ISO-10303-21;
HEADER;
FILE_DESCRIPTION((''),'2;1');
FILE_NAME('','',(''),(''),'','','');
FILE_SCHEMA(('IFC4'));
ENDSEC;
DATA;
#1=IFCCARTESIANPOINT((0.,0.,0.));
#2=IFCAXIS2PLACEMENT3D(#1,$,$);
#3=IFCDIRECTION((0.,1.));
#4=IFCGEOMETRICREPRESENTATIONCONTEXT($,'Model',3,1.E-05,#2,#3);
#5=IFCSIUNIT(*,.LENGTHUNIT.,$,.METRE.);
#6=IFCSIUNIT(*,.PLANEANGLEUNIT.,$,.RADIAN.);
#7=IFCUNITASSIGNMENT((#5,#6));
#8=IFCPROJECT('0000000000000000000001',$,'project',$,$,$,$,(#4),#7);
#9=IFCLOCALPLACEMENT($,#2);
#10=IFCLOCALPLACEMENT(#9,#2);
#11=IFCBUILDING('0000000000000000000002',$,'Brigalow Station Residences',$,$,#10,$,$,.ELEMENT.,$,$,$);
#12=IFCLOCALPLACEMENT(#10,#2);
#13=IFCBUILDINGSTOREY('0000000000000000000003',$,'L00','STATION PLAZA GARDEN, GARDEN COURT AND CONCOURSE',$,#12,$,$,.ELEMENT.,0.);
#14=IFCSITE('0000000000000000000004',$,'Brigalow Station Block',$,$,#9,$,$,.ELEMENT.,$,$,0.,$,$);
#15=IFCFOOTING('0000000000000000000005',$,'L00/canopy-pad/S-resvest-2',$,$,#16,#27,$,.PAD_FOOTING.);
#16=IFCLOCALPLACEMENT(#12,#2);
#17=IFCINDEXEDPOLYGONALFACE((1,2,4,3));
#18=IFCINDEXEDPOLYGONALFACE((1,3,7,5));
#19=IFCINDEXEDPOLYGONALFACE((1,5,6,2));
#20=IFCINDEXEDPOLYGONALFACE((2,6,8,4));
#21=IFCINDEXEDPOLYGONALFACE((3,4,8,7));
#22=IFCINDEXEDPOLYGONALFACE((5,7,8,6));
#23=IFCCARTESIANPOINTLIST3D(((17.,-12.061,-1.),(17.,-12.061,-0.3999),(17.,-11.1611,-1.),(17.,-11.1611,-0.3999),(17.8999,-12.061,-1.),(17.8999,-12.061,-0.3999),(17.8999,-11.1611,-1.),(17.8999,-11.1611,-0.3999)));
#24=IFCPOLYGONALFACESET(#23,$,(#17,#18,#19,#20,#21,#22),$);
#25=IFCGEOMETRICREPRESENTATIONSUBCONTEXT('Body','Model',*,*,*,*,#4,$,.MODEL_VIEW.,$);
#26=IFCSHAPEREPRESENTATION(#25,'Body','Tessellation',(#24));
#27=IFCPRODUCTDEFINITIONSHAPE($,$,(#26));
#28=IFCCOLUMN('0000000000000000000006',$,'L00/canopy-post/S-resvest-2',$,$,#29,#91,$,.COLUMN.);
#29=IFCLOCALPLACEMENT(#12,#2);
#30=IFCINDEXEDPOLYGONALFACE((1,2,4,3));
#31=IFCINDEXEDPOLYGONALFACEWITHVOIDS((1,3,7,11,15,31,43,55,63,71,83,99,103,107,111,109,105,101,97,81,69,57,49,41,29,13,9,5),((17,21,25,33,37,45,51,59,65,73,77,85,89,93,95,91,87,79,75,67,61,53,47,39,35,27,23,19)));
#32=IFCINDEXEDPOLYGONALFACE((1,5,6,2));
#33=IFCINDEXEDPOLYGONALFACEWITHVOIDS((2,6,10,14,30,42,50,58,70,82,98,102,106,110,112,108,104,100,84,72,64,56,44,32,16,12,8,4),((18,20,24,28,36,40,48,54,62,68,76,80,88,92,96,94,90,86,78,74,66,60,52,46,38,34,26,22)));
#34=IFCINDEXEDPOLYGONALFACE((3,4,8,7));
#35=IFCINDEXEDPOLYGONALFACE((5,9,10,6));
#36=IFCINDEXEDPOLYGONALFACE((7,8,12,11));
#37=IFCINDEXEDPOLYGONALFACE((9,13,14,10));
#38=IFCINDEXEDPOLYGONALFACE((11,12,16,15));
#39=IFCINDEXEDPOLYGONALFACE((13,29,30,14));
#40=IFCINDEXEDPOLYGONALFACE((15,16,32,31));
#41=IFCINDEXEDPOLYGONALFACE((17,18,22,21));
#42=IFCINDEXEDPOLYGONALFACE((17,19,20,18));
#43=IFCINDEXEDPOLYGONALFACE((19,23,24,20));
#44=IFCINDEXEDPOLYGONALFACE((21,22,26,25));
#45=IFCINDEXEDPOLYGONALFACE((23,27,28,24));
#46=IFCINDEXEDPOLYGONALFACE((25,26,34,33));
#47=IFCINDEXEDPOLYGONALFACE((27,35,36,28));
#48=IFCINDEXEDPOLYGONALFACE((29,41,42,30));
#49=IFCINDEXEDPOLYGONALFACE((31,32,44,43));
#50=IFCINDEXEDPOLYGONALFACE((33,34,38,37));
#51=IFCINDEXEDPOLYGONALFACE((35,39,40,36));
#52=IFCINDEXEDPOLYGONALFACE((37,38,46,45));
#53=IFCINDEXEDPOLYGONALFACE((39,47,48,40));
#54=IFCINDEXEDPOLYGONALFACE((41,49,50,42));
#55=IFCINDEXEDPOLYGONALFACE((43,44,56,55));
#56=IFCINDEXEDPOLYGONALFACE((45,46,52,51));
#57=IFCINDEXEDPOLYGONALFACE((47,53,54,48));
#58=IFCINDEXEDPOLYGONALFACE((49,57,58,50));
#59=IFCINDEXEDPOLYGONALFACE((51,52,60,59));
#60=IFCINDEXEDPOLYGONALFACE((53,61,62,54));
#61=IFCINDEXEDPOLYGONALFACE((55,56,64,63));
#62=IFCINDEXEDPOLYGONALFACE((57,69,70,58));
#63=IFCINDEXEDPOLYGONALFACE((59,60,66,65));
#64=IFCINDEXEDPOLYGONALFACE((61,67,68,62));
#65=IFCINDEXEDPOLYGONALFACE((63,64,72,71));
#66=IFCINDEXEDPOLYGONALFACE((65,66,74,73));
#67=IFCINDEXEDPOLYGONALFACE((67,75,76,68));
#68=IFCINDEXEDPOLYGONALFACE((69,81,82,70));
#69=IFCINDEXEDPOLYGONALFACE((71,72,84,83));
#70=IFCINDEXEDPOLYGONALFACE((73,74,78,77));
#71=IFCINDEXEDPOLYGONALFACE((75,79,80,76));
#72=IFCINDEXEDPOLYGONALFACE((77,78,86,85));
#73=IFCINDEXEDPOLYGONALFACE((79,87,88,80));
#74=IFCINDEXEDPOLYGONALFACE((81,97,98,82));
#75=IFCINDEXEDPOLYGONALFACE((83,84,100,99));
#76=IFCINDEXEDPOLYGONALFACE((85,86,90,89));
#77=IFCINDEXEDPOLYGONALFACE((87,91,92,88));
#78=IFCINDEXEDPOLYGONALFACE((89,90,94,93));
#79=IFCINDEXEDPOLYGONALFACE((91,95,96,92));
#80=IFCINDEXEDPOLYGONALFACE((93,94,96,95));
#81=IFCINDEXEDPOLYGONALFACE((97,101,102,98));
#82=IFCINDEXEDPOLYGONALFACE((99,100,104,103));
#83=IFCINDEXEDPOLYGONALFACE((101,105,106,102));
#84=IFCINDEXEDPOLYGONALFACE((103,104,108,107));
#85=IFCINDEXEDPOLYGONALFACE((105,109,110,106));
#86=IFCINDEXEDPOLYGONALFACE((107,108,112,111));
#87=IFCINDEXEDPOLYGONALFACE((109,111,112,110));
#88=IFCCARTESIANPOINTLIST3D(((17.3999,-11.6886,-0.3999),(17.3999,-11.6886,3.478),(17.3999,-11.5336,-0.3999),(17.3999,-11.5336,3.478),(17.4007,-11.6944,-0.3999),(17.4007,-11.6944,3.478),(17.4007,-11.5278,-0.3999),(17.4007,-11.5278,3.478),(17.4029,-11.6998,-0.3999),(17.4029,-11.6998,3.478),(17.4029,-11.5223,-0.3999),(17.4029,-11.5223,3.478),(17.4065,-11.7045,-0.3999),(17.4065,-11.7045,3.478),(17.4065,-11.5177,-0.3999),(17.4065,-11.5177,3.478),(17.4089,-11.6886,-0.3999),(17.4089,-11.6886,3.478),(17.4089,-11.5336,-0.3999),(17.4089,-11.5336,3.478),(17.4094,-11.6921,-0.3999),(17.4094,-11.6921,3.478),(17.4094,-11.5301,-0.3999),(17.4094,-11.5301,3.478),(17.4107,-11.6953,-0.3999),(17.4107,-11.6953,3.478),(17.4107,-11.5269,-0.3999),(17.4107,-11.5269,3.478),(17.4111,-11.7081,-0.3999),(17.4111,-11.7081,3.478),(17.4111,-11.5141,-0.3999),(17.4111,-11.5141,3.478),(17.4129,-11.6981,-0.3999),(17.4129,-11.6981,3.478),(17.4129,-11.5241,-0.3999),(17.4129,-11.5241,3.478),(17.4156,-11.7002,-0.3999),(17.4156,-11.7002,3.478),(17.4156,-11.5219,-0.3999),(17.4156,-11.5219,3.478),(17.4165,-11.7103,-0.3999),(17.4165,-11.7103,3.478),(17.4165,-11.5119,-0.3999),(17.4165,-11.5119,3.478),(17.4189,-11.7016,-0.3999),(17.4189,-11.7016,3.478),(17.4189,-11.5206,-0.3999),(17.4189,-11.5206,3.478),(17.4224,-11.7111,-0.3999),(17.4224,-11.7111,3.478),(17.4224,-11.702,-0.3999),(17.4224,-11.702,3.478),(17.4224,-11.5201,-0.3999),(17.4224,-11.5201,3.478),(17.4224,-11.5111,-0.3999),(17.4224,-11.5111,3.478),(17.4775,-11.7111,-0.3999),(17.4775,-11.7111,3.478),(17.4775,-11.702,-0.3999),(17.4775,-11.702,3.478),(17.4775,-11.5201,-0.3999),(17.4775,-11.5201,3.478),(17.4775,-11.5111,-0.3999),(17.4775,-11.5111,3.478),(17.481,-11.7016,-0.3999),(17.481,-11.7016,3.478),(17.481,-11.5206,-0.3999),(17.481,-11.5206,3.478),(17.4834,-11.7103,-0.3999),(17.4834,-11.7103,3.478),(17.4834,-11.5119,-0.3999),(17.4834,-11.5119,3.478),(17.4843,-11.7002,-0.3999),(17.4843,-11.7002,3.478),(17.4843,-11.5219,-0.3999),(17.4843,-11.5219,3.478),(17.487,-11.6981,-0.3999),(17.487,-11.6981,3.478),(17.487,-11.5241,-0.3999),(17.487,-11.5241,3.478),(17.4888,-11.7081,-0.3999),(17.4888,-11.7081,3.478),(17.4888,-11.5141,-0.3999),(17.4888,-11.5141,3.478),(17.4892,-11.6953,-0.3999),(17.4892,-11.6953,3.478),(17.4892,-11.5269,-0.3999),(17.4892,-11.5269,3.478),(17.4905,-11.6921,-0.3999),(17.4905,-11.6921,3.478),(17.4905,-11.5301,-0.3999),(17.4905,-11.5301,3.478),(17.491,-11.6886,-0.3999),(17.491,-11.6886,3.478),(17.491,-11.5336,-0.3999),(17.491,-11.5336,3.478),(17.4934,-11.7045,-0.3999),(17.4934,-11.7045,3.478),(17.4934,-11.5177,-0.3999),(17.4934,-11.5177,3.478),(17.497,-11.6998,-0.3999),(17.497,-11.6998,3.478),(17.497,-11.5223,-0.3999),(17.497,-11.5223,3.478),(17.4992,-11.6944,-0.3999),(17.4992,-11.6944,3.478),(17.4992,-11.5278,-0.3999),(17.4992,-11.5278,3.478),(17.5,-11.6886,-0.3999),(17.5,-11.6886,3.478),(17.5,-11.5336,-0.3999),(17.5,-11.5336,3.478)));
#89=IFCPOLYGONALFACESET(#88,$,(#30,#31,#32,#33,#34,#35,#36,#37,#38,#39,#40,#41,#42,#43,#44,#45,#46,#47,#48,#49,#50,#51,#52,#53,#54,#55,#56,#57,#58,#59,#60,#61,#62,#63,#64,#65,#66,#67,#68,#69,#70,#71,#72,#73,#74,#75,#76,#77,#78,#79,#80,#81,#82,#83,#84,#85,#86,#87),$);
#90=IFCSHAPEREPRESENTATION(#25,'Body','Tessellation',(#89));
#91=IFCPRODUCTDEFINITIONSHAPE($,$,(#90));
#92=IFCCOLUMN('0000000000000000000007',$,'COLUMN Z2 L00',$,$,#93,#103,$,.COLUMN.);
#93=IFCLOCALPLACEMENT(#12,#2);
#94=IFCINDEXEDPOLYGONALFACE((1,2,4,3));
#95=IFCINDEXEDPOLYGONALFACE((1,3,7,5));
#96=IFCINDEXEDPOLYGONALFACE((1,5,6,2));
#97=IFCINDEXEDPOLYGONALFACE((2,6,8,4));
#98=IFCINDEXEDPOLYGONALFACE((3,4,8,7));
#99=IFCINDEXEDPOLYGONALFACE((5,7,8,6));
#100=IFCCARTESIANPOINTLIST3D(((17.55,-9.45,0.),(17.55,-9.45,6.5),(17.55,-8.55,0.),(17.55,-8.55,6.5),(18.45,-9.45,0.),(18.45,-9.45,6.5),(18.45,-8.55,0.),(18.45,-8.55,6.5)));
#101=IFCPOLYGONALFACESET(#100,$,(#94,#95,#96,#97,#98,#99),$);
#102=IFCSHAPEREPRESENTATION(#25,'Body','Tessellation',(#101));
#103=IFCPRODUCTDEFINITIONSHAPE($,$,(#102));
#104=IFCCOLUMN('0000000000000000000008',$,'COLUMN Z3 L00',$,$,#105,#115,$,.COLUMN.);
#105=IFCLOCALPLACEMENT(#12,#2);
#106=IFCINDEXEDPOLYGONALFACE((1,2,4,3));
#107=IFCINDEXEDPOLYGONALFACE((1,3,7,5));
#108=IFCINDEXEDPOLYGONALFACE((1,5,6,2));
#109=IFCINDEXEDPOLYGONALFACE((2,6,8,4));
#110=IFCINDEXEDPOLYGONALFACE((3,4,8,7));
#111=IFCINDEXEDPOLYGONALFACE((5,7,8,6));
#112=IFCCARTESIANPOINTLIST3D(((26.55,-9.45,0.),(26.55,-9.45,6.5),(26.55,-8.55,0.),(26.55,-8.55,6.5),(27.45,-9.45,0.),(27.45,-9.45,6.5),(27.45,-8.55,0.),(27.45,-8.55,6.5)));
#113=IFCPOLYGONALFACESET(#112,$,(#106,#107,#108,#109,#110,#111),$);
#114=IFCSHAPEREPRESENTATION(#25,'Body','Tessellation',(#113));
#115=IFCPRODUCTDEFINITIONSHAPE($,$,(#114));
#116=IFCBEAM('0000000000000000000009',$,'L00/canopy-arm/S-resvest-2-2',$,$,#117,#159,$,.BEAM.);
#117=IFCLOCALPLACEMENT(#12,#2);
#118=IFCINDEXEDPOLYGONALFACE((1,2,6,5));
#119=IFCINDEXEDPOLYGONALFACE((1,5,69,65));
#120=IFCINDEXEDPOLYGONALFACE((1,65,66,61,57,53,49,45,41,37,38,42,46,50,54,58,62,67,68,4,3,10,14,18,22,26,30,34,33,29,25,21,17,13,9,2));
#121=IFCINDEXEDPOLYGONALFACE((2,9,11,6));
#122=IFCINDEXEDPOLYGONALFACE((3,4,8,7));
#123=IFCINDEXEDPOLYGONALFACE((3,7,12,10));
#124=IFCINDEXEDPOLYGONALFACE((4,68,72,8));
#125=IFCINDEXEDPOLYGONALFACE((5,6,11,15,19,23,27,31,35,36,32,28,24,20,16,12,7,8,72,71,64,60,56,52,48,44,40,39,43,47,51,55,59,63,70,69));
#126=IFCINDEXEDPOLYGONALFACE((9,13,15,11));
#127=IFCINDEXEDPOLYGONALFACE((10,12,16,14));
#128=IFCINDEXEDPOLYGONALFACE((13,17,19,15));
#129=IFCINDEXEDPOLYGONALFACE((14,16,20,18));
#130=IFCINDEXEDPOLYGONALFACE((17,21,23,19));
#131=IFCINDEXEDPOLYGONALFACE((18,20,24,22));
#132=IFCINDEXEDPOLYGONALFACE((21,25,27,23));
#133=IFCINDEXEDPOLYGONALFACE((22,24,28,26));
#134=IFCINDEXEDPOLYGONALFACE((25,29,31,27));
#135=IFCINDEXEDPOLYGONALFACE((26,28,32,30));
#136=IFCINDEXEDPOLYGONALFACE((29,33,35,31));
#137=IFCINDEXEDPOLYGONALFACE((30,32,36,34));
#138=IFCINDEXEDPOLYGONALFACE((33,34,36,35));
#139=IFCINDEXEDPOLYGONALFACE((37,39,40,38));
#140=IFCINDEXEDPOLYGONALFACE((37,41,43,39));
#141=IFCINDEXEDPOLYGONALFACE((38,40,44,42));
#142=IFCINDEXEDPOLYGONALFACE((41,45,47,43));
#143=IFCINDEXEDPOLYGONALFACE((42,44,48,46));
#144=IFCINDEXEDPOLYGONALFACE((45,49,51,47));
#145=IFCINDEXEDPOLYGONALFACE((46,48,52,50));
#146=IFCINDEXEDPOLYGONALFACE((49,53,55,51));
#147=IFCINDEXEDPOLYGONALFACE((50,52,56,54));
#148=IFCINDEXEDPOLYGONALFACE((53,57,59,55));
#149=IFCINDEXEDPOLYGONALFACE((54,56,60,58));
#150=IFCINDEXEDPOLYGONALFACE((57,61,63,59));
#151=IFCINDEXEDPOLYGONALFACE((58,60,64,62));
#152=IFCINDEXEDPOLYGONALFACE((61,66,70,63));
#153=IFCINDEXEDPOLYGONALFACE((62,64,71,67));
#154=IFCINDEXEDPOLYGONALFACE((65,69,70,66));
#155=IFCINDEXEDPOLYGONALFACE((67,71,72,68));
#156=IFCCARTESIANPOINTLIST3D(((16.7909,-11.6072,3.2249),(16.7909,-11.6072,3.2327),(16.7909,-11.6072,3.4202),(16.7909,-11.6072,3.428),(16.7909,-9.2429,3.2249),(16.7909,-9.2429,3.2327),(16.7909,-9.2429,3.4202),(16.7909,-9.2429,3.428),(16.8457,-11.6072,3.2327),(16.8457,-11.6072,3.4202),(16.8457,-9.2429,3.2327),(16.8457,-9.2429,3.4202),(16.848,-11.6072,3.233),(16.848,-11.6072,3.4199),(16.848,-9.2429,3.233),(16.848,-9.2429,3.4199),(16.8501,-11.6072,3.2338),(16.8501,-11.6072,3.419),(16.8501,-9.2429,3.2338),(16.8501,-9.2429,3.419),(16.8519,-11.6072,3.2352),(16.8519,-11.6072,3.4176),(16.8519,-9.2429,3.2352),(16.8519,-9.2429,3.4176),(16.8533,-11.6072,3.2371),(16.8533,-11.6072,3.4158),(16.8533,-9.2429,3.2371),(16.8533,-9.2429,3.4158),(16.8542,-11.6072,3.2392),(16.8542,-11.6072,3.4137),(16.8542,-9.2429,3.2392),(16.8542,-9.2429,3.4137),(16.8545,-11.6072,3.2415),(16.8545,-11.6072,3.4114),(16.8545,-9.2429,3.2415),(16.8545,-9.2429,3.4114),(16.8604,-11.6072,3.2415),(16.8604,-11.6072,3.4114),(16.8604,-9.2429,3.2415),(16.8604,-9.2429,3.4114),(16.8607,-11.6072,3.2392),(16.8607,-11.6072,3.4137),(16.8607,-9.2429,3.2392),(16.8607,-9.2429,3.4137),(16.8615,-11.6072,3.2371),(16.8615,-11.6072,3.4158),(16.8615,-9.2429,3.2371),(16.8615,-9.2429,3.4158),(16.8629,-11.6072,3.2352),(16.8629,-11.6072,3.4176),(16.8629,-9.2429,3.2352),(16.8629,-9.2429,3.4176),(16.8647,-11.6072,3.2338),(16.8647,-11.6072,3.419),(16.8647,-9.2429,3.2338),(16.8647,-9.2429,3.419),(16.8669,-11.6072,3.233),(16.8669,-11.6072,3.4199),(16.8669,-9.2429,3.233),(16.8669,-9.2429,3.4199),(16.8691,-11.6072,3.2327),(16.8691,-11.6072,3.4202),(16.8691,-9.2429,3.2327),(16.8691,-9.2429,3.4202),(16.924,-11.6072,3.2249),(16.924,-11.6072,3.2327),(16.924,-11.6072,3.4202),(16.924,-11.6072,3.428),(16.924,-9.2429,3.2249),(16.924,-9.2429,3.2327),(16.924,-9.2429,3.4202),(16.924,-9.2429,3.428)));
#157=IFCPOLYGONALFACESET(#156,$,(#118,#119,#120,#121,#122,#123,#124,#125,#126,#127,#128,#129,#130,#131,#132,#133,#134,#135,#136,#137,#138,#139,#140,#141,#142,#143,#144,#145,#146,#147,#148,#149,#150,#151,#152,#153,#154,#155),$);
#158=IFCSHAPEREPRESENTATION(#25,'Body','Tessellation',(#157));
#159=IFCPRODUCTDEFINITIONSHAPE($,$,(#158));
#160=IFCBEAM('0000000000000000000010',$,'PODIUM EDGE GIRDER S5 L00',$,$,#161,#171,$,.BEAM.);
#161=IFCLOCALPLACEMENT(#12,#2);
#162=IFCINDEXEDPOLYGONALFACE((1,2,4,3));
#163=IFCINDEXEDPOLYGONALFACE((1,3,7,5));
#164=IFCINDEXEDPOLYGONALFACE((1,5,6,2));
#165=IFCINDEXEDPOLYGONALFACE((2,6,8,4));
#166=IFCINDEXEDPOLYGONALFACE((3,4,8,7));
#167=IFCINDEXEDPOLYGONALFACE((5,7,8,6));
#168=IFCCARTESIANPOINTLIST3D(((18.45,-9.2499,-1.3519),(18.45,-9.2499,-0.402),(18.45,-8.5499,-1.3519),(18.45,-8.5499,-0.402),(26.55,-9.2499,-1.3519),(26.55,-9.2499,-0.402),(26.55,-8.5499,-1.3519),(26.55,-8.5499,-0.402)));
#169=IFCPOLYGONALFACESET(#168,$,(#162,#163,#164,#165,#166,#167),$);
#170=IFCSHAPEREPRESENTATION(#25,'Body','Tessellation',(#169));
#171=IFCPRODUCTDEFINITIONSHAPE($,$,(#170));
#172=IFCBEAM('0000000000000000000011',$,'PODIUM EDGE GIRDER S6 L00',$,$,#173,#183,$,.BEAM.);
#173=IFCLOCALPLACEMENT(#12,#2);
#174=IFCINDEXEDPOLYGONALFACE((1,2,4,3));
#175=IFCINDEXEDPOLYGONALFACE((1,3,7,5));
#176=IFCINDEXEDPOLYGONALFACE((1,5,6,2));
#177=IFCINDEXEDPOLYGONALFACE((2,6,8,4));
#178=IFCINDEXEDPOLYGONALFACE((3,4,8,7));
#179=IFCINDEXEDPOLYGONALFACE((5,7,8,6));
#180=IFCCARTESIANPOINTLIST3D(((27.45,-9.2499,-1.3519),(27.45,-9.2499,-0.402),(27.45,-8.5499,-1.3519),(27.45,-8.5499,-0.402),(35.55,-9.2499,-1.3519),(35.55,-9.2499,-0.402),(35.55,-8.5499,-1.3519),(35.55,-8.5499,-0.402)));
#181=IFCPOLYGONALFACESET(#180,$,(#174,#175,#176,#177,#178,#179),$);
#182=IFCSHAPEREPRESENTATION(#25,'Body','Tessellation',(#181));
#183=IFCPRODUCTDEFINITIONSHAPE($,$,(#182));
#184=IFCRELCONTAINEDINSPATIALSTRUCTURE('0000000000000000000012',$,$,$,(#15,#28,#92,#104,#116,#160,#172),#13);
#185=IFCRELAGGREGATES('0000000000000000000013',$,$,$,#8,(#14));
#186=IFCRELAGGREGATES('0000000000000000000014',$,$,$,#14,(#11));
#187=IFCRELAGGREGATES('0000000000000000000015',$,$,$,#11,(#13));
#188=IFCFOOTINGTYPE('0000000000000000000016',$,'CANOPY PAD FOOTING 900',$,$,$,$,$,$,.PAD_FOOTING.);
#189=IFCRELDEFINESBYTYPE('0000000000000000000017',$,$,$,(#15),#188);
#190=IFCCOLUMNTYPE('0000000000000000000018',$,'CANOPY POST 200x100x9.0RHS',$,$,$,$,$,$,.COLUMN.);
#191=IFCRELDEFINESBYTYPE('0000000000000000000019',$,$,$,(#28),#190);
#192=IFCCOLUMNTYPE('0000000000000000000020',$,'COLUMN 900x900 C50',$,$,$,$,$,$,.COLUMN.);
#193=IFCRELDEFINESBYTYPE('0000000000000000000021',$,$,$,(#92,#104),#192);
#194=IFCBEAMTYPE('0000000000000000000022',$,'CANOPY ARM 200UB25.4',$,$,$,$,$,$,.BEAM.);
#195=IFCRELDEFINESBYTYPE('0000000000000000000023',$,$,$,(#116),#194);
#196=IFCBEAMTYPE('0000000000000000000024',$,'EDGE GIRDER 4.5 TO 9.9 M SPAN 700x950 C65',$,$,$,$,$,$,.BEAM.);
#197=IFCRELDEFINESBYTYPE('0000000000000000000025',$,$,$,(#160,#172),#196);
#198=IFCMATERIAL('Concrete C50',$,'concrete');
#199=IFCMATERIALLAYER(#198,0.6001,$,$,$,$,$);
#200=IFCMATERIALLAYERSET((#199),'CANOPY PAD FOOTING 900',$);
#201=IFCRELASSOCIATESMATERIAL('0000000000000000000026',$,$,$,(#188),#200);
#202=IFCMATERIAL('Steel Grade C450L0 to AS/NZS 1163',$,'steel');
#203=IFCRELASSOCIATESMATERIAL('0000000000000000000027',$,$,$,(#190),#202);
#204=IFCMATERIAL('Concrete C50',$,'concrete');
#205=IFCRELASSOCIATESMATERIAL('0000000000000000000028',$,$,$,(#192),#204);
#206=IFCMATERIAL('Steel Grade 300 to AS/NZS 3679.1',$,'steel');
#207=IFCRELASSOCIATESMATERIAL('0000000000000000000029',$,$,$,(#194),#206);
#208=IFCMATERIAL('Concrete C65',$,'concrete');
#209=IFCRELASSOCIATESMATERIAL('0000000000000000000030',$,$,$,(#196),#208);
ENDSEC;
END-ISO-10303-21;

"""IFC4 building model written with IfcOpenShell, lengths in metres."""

from ifc_helpers import new_model, si_unit, direction, frame, origin, origin_2d, place, context, subcontext, project, spatial, rectangle, hollow_rectangle, i_section, extrude, material, layer, layer_set, material_profile, profile_set, type_object, element, save


model = new_model("IFC4")

# Units and contexts
model_context = context("Model", 3, precision=1e-05, world=origin(), true_north=direction((0.0, 1.0)))
body_context = subcontext(model_context, "Body", "Model", "MODEL_VIEW")
ifc_project = project(units=[si_unit("LENGTHUNIT", "METRE"), si_unit("PLANEANGLEUNIT", "RADIAN")], contexts=[model_context])

# Site, building, storey
site_placement = place(None, origin())
site = spatial("IfcSite", under=ifc_project, at=site_placement, Name="Brigalow Station Block", CompositionType="ELEMENT", RefElevation=0.0)
building_placement = place(site_placement, origin())
building = spatial("IfcBuilding", under=site, at=building_placement, Name="Brigalow Station Residences", CompositionType="ELEMENT")
storey_placement = place(building_placement, origin())
storey = spatial("IfcBuildingStorey", under=building, at=storey_placement, Name="L00", Description="STATION PLAZA GARDEN, GARDEN COURT AND CONCOURSE", CompositionType="ELEMENT", Elevation=0.0)

# Footing
ifc_material_1 = material(Name="Concrete C50", Category="concrete")
ifc_layer_1 = layer(ifc_material_1, 0.6001)
ifc_layer_set_1 = layer_set([ifc_layer_1], Name="CANOPY PAD FOOTING 900")
footing_type = type_object("IfcFootingType", Name="CANOPY PAD FOOTING 900", PredefinedType="PAD_FOOTING", material=ifc_layer_set_1)
footing_placement = place(storey_placement, frame((17.45, -11.6111, -1.0), z_axis=(0.0, 0.0, 1.0), x_axis=(1.0, 0.0, 0.0)))
element("IfcFooting", 1, at=footing_placement, inside=storey, type_object=footing_type, Name="L00/canopy-pad/S-resvest-2", PredefinedType="PAD_FOOTING", context=body_context, shape_type="SweptSolid", body=[
    extrude(rectangle(XDim=0.8999, YDim=0.8999, at=origin_2d()), origin(), (0.0, 0.0, 1.0), 0.6001),
])

# Columns
ifc_material_2 = material(Name="Steel Grade C450L0 to AS/NZS 1163", Category="steel")
ifc_material_profile_1 = material_profile(ifc_material_2, hollow_rectangle(XDim=0.1001, YDim=0.2, WallThickness=0.009, InnerFilletRadius=0.0134, OuterFilletRadius=0.0225, at=origin_2d()), Name="200x100x9.0RHS")
ifc_profile_set_1 = profile_set([ifc_material_profile_1], Name="Steel Grade C450L0 to AS/NZS 1163")
column_type_1 = type_object("IfcColumnType", Name="CANOPY POST 200x100x9.0RHS", PredefinedType="COLUMN", material=ifc_profile_set_1)
column_placement = place(storey_placement, frame((17.45, -11.6111, -0.3999), z_axis=(0.0, 0.0, 1.0), x_axis=(1.0, 0.0, 0.0)))
element("IfcColumn", 2, at=column_placement, inside=storey, type_object=column_type_1, Name="L00/canopy-post/S-resvest-2", PredefinedType="COLUMN", context=body_context, shape_type="SweptSolid", body=[
    extrude(hollow_rectangle(XDim=0.1001, YDim=0.2, WallThickness=0.009, InnerFilletRadius=0.0134, OuterFilletRadius=0.0225, at=origin_2d()), origin(), (0.0, 0.0, 1.0), 3.8779),
])
ifc_material_3 = material(Name="Concrete C50", Category="concrete")
ifc_material_profile_2 = material_profile(ifc_material_3, rectangle(XDim=0.8999, YDim=0.8999, at=origin_2d()), Name="RC900x900")
ifc_profile_set_2 = profile_set([ifc_material_profile_2], Name="Concrete C50")
column_type_2 = type_object("IfcColumnType", Name="COLUMN 900x900 C50", PredefinedType="COLUMN", material=ifc_profile_set_2)
for number, where, z_axis, x_axis, name in (
    (3, (18.0, -9.0, 0.0), (0.0, 0.0, 1.0), (1.0, 0.0, 0.0), "COLUMN Z2 L00"),
    (4, (27.0, -9.0, 0.0), (0.0, 0.0, 1.0), (1.0, 0.0, 0.0), "COLUMN Z3 L00"),
):
    element("IfcColumn", number, at=place(storey_placement, frame(where, z_axis=z_axis, x_axis=x_axis)), inside=storey, type_object=column_type_2, Name=name, PredefinedType="COLUMN", context=body_context, shape_type="SweptSolid", body=[
        extrude(rectangle(XDim=0.8999, YDim=0.8999, at=origin_2d()), origin(), (0.0, 0.0, 1.0), 6.5),
    ])

# Beams
ifc_material_4 = material(Name="Steel Grade 300 to AS/NZS 3679.1", Category="steel")
ifc_material_profile_3 = material_profile(ifc_material_4, i_section(OverallWidth=0.1331, OverallDepth=0.2031, WebThickness=0.0059, FlangeThickness=0.0078, FilletRadius=0.0088, at=origin_2d()), Name="200UB25.4")
ifc_profile_set_3 = profile_set([ifc_material_profile_3], Name="Steel Grade 300 to AS/NZS 3679.1")
beam_type_1 = type_object("IfcBeamType", Name="CANOPY ARM 200UB25.4", PredefinedType="BEAM", material=ifc_profile_set_3)
beam_placement = place(storey_placement, frame((16.8574, -9.2429, 3.3264), z_axis=(0.0, -1.0, 0.0), x_axis=(1.0, 0.0, 0.0)))
element("IfcBeam", 5, at=beam_placement, inside=storey, type_object=beam_type_1, Name="L00/canopy-arm/S-resvest-2-2", PredefinedType="BEAM", context=body_context, shape_type="SweptSolid", body=[
    extrude(i_section(OverallWidth=0.1331, OverallDepth=0.2031, WebThickness=0.0059, FlangeThickness=0.0078, FilletRadius=0.0088, at=origin_2d()), origin(), (0.0, 0.0, 1.0), 2.3643),
])
ifc_material_5 = material(Name="Concrete C65", Category="concrete")
ifc_material_profile_4 = material_profile(ifc_material_5, rectangle(XDim=0.7, YDim=0.95, at=origin_2d()), Name="RC700x950")
ifc_profile_set_4 = profile_set([ifc_material_profile_4], Name="Concrete C65")
beam_type_2 = type_object("IfcBeamType", Name="EDGE GIRDER 4.5 TO 9.9 M SPAN 700x950 C65", PredefinedType="BEAM", material=ifc_profile_set_4)
for number, where, z_axis, x_axis, name in (
    (6, (18.45, -8.8999, -0.877), (1.0, 0.0, 0.0), (0.0, 1.0, 0.0), "PODIUM EDGE GIRDER S5 L00"),
    (7, (27.45, -8.8999, -0.877), (1.0, 0.0, 0.0), (0.0, 1.0, 0.0), "PODIUM EDGE GIRDER S6 L00"),
):
    element("IfcBeam", number, at=place(storey_placement, frame(where, z_axis=z_axis, x_axis=x_axis)), inside=storey, type_object=beam_type_2, Name=name, PredefinedType="BEAM", context=body_context, shape_type="SweptSolid", body=[
        extrude(rectangle(XDim=0.7, YDim=0.95, at=origin_2d()), origin(), (0.0, 0.0, 1.0), 8.1001),
    ])

save(model, "model.ifc")
